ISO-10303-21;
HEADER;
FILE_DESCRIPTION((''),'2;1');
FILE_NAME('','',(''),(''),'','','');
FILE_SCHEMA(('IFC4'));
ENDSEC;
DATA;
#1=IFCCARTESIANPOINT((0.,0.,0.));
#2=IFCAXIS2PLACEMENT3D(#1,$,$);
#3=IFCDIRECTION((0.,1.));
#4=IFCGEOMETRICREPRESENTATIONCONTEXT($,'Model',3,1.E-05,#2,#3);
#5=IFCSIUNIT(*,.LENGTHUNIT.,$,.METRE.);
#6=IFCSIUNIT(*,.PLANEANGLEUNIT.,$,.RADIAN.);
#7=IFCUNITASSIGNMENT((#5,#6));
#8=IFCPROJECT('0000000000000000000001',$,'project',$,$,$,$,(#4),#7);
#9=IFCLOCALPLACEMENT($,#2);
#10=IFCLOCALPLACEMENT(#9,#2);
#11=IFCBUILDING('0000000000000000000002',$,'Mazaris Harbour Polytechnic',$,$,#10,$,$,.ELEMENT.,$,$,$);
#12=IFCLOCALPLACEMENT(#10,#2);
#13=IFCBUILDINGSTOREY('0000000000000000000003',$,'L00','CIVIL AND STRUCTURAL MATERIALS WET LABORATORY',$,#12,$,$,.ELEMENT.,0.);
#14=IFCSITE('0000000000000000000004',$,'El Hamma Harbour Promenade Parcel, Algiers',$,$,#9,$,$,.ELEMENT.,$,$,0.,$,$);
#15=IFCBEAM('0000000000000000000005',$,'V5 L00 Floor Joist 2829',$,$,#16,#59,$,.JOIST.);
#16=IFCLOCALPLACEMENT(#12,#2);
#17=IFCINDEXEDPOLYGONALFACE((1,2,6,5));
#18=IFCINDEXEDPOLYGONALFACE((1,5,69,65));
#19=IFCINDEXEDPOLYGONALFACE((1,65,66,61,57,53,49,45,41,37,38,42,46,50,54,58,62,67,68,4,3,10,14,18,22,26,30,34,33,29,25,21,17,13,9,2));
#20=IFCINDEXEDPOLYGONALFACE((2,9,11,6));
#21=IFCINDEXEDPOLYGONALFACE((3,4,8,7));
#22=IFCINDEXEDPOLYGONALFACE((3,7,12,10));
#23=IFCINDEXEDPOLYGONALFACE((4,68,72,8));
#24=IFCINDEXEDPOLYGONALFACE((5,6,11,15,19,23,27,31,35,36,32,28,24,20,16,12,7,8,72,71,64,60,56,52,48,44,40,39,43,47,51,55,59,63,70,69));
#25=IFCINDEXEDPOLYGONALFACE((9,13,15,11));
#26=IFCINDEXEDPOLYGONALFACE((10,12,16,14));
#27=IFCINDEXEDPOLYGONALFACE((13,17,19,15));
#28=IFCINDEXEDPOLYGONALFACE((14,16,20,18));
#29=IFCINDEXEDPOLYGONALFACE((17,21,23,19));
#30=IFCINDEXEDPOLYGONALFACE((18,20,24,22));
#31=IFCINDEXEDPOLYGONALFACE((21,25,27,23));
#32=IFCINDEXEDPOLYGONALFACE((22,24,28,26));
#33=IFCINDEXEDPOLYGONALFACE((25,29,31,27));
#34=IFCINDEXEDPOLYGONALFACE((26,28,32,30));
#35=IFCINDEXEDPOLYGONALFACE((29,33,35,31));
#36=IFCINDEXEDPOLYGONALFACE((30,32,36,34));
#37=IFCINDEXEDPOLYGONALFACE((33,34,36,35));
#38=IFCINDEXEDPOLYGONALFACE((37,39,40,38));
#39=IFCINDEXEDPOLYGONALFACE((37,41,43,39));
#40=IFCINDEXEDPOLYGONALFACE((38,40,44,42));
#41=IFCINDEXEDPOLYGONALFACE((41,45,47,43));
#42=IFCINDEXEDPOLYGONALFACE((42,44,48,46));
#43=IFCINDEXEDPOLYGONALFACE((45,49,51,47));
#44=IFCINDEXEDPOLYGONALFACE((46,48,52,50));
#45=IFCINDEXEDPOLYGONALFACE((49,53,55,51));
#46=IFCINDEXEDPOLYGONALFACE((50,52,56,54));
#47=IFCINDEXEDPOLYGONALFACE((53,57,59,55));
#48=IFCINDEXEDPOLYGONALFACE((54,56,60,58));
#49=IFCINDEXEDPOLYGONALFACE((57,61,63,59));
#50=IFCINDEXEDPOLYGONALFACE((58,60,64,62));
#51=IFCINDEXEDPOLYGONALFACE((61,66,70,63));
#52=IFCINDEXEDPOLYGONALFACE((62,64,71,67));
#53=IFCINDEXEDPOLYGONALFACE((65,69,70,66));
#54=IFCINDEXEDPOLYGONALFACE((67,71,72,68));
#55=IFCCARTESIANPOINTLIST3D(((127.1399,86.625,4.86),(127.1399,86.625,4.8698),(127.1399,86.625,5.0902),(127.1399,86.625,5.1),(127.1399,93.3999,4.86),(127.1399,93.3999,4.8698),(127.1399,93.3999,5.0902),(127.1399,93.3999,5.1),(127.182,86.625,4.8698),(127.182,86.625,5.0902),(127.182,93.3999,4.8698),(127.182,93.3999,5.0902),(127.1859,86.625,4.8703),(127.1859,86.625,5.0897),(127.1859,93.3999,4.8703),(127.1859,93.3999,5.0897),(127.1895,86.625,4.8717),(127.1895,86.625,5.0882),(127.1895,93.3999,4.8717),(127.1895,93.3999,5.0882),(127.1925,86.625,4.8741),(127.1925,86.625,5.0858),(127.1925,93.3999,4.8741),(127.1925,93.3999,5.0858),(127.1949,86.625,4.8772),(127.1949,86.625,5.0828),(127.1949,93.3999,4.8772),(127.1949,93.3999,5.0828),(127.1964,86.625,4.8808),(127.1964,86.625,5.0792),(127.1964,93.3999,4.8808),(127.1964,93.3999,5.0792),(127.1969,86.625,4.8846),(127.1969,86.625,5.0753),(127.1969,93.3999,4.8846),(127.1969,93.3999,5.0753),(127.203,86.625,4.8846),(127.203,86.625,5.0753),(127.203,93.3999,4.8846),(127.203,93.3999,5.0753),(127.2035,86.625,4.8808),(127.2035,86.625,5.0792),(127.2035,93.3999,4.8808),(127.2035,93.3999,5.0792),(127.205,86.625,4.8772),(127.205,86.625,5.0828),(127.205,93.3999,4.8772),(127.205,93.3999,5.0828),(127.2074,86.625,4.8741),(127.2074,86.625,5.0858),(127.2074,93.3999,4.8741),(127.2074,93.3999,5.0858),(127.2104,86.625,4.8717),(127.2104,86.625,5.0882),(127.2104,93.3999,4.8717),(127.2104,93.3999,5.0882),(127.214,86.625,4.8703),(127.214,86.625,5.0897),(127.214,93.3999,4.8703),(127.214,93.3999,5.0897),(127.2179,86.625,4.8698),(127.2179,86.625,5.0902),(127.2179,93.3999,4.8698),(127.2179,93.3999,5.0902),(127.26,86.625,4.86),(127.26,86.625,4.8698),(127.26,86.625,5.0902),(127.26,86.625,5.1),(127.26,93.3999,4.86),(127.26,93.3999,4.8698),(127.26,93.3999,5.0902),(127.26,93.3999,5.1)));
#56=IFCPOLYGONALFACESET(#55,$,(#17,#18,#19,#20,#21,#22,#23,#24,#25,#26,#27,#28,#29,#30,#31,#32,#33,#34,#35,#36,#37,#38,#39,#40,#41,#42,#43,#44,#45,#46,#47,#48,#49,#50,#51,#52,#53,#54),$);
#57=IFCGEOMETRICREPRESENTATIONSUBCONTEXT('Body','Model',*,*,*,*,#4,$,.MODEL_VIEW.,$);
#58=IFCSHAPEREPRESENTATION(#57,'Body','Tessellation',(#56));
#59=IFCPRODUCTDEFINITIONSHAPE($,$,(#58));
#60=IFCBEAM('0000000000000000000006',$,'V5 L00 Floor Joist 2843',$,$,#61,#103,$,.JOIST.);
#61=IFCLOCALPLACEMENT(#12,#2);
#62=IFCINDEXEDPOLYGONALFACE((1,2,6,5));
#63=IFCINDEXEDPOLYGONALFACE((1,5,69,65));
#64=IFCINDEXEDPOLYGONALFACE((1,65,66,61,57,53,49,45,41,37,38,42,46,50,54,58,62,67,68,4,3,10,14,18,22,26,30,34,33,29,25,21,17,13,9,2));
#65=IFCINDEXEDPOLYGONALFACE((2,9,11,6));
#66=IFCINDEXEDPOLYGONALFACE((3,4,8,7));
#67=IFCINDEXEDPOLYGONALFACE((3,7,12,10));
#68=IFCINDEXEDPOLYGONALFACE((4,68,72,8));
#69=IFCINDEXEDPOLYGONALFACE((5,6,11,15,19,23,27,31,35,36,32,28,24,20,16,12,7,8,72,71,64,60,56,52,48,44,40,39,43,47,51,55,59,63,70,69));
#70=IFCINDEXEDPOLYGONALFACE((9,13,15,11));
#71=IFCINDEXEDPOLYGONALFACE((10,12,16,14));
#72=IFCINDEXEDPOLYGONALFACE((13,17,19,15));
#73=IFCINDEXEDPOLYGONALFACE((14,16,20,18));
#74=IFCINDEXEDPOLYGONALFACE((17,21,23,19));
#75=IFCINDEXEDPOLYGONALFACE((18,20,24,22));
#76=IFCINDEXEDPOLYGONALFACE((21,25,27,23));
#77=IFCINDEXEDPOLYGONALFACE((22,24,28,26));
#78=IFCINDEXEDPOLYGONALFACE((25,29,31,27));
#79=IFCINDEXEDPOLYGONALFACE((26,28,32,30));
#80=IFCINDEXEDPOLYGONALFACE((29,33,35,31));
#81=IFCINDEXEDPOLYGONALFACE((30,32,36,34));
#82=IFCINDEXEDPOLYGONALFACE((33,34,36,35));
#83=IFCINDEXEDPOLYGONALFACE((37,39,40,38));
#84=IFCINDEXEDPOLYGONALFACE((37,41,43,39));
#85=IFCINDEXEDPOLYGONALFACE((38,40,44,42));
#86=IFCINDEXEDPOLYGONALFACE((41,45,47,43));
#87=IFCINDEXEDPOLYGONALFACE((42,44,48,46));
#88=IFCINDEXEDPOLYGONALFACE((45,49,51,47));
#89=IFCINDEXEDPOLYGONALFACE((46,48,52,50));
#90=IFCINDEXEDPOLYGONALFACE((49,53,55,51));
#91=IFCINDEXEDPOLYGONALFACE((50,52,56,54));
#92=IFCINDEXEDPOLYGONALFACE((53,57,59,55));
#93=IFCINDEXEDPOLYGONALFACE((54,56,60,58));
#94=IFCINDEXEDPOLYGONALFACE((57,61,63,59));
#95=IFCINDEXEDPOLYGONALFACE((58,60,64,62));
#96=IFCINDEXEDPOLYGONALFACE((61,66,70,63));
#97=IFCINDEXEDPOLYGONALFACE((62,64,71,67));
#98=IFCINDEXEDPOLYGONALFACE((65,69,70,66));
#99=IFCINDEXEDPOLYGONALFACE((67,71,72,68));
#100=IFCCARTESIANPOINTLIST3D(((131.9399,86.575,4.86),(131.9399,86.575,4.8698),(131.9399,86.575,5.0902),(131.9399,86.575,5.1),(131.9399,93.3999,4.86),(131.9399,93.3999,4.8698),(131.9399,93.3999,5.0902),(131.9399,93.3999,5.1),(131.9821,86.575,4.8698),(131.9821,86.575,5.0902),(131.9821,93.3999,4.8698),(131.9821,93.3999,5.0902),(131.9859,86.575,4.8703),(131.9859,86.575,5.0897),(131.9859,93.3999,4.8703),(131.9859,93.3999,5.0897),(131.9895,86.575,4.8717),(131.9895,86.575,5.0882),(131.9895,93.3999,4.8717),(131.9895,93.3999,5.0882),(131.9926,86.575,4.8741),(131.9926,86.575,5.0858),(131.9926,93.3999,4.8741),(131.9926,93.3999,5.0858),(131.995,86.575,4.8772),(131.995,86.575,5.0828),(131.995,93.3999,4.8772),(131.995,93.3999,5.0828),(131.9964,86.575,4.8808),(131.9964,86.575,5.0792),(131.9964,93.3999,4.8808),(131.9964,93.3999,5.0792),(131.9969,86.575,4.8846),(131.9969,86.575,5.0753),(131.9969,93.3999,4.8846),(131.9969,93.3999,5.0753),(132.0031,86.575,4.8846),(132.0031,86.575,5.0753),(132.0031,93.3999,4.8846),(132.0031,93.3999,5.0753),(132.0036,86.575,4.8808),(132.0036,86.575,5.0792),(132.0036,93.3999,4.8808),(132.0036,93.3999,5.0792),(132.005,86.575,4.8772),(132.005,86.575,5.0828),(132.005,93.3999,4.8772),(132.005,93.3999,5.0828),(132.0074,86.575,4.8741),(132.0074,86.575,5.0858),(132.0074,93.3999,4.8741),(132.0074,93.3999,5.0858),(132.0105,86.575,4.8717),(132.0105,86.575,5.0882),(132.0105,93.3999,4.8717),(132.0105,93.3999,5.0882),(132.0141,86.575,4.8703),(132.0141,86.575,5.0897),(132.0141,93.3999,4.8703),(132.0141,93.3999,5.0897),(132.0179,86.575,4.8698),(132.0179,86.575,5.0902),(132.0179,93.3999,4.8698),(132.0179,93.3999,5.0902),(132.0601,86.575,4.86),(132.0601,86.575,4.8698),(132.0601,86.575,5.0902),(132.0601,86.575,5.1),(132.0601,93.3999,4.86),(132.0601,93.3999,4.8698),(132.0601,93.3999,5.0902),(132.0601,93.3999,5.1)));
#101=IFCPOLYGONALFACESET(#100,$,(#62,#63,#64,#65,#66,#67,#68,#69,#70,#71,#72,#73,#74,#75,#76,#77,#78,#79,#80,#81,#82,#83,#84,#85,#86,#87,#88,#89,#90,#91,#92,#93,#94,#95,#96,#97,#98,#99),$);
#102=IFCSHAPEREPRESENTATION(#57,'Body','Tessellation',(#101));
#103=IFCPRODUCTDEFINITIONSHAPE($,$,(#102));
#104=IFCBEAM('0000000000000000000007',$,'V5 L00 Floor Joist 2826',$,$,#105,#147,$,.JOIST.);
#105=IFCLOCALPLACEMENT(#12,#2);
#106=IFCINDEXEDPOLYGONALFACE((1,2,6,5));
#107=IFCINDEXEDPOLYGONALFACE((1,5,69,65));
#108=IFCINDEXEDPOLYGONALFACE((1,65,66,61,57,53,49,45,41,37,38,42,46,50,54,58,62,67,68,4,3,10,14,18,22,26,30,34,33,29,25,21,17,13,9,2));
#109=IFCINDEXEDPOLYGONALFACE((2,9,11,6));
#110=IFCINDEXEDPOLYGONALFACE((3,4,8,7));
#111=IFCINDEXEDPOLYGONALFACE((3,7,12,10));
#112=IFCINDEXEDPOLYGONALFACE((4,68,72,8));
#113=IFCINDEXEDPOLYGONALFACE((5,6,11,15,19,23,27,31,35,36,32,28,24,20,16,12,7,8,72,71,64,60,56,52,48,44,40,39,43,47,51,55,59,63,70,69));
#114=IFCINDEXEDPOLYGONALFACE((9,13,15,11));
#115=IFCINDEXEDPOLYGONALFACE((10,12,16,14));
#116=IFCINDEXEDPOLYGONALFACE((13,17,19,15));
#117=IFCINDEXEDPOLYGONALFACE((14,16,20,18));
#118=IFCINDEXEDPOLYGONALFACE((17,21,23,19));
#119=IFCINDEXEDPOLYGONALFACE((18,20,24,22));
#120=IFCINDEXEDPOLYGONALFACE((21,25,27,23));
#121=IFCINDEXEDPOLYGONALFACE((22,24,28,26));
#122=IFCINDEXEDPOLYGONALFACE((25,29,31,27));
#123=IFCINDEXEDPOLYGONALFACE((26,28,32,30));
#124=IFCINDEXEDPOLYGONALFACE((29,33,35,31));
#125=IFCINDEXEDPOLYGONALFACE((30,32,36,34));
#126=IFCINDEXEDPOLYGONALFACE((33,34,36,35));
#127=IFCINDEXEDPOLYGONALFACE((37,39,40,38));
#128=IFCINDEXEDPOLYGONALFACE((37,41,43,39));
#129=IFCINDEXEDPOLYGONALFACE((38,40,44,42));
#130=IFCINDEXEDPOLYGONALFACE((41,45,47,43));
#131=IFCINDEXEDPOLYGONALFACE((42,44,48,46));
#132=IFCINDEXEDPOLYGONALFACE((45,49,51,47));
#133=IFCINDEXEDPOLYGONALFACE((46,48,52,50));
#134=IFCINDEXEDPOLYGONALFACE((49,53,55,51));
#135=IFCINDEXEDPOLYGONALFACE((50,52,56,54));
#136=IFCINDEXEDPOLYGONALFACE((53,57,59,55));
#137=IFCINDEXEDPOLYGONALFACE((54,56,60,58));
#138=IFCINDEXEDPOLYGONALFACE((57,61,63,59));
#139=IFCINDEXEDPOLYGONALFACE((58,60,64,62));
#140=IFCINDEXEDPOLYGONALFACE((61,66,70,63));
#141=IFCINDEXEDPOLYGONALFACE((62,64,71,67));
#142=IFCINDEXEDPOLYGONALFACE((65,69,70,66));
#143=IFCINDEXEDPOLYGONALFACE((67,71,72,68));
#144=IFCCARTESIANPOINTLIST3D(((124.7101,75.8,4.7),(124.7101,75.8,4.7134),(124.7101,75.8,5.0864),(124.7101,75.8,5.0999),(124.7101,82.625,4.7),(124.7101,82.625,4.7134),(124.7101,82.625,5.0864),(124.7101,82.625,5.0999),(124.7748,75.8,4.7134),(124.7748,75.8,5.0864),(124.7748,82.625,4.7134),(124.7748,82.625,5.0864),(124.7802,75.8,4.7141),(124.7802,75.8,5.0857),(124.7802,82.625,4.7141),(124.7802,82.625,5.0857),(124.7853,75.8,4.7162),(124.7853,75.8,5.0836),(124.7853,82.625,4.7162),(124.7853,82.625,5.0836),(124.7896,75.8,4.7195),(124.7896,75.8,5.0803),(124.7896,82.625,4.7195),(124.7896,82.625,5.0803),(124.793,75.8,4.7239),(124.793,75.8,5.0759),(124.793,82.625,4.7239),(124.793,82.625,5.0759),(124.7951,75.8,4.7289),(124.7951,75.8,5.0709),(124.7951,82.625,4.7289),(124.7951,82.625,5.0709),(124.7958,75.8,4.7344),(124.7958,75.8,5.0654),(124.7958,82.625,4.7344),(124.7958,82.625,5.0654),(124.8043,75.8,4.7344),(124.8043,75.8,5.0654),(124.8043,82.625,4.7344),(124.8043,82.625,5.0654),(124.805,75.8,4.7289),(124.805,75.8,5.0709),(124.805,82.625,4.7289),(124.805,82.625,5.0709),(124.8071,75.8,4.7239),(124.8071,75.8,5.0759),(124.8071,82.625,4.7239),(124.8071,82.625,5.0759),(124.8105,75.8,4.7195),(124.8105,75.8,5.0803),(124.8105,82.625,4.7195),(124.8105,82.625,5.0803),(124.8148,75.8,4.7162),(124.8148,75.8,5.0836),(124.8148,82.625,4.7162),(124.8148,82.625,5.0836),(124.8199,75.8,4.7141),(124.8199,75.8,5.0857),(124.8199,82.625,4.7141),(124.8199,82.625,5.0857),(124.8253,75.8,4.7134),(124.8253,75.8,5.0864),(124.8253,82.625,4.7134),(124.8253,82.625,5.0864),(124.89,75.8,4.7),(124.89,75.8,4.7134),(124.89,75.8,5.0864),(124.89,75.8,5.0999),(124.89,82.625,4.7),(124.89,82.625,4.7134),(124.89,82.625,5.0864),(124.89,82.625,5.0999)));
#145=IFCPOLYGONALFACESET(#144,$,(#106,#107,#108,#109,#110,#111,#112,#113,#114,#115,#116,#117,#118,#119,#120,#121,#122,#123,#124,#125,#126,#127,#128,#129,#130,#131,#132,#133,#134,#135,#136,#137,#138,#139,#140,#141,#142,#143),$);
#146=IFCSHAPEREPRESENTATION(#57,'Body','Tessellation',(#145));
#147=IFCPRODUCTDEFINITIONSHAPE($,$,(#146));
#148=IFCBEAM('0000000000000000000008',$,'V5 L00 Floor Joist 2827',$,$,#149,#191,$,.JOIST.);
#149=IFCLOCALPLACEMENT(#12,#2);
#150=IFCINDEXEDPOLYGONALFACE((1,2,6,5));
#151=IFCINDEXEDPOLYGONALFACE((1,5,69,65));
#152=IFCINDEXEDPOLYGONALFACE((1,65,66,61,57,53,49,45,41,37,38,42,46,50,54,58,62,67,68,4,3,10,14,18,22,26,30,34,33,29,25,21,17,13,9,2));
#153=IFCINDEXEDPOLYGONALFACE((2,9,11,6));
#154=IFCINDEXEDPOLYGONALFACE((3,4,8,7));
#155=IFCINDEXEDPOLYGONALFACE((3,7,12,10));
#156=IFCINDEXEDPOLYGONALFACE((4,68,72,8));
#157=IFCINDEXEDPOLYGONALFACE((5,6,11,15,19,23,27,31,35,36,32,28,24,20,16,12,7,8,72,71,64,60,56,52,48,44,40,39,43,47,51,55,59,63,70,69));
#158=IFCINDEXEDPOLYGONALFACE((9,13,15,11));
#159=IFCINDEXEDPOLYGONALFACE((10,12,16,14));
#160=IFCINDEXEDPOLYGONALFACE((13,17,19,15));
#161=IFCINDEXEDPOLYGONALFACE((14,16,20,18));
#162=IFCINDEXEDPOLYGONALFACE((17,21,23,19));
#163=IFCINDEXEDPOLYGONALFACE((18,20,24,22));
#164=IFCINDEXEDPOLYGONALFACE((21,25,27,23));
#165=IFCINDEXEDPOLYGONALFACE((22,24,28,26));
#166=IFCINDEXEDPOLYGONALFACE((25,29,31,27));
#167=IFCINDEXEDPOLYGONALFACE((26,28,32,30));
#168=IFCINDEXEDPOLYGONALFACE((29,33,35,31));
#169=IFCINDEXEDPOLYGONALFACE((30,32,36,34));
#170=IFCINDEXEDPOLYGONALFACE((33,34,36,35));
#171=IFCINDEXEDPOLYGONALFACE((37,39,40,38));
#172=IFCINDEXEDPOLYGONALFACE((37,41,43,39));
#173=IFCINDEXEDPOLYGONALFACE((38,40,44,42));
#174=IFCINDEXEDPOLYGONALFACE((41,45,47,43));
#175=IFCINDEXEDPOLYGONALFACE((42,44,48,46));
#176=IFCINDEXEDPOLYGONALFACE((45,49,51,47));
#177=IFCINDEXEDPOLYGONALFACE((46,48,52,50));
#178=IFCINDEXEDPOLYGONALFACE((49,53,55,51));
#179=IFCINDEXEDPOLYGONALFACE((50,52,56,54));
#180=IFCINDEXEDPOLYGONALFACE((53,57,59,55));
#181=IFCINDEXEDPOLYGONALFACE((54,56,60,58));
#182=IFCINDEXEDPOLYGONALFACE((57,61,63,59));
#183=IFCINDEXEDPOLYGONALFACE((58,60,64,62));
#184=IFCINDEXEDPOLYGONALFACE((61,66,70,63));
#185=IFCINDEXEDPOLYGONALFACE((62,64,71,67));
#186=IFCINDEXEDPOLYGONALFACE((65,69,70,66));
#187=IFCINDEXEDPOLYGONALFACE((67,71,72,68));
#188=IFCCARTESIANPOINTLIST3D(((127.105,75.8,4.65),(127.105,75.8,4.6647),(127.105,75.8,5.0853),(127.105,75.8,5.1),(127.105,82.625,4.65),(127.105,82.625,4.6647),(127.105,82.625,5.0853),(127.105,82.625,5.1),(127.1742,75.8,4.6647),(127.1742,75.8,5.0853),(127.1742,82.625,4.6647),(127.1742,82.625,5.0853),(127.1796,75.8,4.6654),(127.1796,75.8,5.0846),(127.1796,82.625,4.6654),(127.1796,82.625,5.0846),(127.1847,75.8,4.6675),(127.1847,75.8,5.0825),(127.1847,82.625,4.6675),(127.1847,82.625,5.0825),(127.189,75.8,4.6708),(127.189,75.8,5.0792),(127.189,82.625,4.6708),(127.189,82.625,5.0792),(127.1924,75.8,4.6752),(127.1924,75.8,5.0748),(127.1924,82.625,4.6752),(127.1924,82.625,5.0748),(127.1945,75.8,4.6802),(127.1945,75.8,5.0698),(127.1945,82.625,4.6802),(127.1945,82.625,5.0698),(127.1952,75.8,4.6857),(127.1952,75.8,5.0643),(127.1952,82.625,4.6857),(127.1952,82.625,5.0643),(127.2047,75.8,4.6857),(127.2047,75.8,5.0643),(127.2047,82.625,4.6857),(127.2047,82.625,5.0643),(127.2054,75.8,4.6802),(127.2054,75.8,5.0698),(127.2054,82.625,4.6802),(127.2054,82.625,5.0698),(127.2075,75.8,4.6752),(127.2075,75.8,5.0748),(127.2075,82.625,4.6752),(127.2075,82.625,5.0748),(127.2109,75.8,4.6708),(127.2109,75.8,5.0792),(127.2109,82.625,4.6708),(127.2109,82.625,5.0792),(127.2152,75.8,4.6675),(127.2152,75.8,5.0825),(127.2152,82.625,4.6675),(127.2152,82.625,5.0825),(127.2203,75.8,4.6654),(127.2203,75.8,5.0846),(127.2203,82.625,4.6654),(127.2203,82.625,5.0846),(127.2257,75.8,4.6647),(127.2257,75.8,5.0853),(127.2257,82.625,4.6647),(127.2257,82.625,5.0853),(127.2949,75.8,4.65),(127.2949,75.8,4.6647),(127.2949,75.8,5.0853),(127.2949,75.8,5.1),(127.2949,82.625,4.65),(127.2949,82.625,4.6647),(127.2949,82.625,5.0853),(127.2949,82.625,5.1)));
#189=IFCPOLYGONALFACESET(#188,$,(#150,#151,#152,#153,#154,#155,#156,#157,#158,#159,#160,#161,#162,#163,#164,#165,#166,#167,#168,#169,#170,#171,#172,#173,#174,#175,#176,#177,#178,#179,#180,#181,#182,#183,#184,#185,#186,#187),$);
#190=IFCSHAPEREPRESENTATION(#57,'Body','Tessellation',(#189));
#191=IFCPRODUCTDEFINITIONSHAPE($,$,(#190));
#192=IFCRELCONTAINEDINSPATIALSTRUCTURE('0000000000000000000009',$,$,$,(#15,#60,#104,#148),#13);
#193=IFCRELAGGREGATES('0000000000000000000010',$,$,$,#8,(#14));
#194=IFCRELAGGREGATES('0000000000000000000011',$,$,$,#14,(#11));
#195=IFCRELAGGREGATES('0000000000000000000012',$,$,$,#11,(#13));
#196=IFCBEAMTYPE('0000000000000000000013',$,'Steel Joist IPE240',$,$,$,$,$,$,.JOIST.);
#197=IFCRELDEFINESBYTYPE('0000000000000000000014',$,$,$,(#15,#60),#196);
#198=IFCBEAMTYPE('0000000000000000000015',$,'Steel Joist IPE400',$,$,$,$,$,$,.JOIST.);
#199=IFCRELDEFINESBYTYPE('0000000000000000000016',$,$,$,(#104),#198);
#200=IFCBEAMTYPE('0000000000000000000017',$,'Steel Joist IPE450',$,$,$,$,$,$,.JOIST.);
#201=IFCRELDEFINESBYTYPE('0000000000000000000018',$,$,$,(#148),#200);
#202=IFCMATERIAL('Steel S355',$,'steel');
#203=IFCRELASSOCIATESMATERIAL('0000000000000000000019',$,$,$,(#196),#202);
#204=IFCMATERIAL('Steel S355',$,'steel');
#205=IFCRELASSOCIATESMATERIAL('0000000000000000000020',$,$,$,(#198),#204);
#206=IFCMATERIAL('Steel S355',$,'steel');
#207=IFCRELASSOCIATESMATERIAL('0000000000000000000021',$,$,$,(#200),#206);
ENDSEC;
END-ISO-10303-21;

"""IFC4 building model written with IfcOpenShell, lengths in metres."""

from ifc_helpers import new_model, si_unit, direction, frame, origin, origin_2d, place, context, subcontext, project, spatial, i_section, extrude, material, material_profile, profile_set, type_object, element, save


model = new_model("IFC4")

# Units and contexts
model_context = context("Model", 3, precision=1e-05, world=origin(), true_north=direction((0.0, 1.0)))
body_context = subcontext(model_context, "Body", "Model", "MODEL_VIEW")
ifc_project = project(units=[si_unit("LENGTHUNIT", "METRE"), si_unit("PLANEANGLEUNIT", "RADIAN")], contexts=[model_context])

# Site, building, storey
site_placement = place(None, origin())
site = spatial("IfcSite", under=ifc_project, at=site_placement, Name="El Hamma Harbour Promenade Parcel, Algiers", CompositionType="ELEMENT", RefElevation=0.0)
building_placement = place(site_placement, origin())
building = spatial("IfcBuilding", under=site, at=building_placement, Name="Mazaris Harbour Polytechnic", CompositionType="ELEMENT")
storey_placement = place(building_placement, origin())
storey = spatial("IfcBuildingStorey", under=building, at=storey_placement, Name="L00", Description="CIVIL AND STRUCTURAL MATERIALS WET LABORATORY", CompositionType="ELEMENT", Elevation=0.0)

# Beams
ifc_material_1 = material(Name="Steel S355", Category="steel")
ifc_material_profile_1 = material_profile(ifc_material_1, i_section(OverallWidth=0.1201, OverallDepth=0.24, WebThickness=0.0061, FlangeThickness=0.0098, FilletRadius=0.0149, at=origin_2d()), Name="IPE 240")
ifc_profile_set_1 = profile_set([ifc_material_profile_1], Name="Steel S355")
beam_type_1 = type_object("IfcBeamType", Name="Steel Joist IPE240", PredefinedType="JOIST", material=ifc_profile_set_1)
beam_1_placement = place(storey_placement, frame((127.2, 86.625, 4.98), z_axis=(0.0, 1.0, 0.0), x_axis=(-1.0, 0.0, 0.0)))
element("IfcBeam", 1, at=beam_1_placement, inside=storey, type_object=beam_type_1, Name="V5 L00 Floor Joist 2829", PredefinedType="JOIST", context=body_context, shape_type="SweptSolid", body=[
    extrude(i_section(OverallWidth=0.1201, OverallDepth=0.24, WebThickness=0.0061, FlangeThickness=0.0098, FilletRadius=0.0149, at=origin_2d()), origin(), (0.0, 0.0, 1.0), 6.7749),
])
beam_2_placement = place(storey_placement, frame((132.0, 86.575, 4.98), z_axis=(0.0, 1.0, 0.0), x_axis=(-1.0, 0.0, 0.0)))
element("IfcBeam", 2, at=beam_2_placement, inside=storey, type_object=beam_type_1, Name="V5 L00 Floor Joist 2843", PredefinedType="JOIST", context=body_context, shape_type="SweptSolid", body=[
    extrude(i_section(OverallWidth=0.1201, OverallDepth=0.24, WebThickness=0.0061, FlangeThickness=0.0098, FilletRadius=0.0149, at=origin_2d()), origin(), (0.0, 0.0, 1.0), 6.825),
])
ifc_material_2 = material(Name="Steel S355", Category="steel")
ifc_material_profile_2 = material_profile(ifc_material_2, i_section(OverallWidth=0.1799, OverallDepth=0.3999, WebThickness=0.0085, FlangeThickness=0.0134, FilletRadius=0.021, at=origin_2d()), Name="IPE 400")
ifc_profile_set_2 = profile_set([ifc_material_profile_2], Name="Steel S355")
beam_type_2 = type_object("IfcBeamType", Name="Steel Joist IPE400", PredefinedType="JOIST", material=ifc_profile_set_2)
beam_3_placement = place(storey_placement, frame((124.8, 75.8, 4.8999), z_axis=(0.0, 1.0, 0.0), x_axis=(-1.0, 0.0, 0.0)))
element("IfcBeam", 3, at=beam_3_placement, inside=storey, type_object=beam_type_2, Name="V5 L00 Floor Joist 2826", PredefinedType="JOIST", context=body_context, shape_type="SweptSolid", body=[
    extrude(i_section(OverallWidth=0.1799, OverallDepth=0.3999, WebThickness=0.0085, FlangeThickness=0.0134, FilletRadius=0.021, at=origin_2d()), origin(), (0.0, 0.0, 1.0), 6.825),
])
ifc_material_3 = material(Name="Steel S355", Category="steel")
ifc_material_profile_3 = material_profile(ifc_material_3, i_section(OverallWidth=0.1899, OverallDepth=0.45, WebThickness=0.0095, FlangeThickness=0.0146, FilletRadius=0.021, at=origin_2d()), Name="IPE 450")
ifc_profile_set_3 = profile_set([ifc_material_profile_3], Name="Steel S355")
beam_type_3 = type_object("IfcBeamType", Name="Steel Joist IPE450", PredefinedType="JOIST", material=ifc_profile_set_3)
beam_4_placement = place(storey_placement, frame((127.2, 75.8, 4.875), z_axis=(0.0, 1.0, 0.0), x_axis=(-1.0, 0.0, 0.0)))
element("IfcBeam", 4, at=beam_4_placement, inside=storey, type_object=beam_type_3, Name="V5 L00 Floor Joist 2827", PredefinedType="JOIST", context=body_context, shape_type="SweptSolid", body=[
    extrude(i_section(OverallWidth=0.1899, OverallDepth=0.45, WebThickness=0.0095, FlangeThickness=0.0146, FilletRadius=0.021, at=origin_2d()), origin(), (0.0, 0.0, 1.0), 6.825),
])

save(model, "model.ifc")
